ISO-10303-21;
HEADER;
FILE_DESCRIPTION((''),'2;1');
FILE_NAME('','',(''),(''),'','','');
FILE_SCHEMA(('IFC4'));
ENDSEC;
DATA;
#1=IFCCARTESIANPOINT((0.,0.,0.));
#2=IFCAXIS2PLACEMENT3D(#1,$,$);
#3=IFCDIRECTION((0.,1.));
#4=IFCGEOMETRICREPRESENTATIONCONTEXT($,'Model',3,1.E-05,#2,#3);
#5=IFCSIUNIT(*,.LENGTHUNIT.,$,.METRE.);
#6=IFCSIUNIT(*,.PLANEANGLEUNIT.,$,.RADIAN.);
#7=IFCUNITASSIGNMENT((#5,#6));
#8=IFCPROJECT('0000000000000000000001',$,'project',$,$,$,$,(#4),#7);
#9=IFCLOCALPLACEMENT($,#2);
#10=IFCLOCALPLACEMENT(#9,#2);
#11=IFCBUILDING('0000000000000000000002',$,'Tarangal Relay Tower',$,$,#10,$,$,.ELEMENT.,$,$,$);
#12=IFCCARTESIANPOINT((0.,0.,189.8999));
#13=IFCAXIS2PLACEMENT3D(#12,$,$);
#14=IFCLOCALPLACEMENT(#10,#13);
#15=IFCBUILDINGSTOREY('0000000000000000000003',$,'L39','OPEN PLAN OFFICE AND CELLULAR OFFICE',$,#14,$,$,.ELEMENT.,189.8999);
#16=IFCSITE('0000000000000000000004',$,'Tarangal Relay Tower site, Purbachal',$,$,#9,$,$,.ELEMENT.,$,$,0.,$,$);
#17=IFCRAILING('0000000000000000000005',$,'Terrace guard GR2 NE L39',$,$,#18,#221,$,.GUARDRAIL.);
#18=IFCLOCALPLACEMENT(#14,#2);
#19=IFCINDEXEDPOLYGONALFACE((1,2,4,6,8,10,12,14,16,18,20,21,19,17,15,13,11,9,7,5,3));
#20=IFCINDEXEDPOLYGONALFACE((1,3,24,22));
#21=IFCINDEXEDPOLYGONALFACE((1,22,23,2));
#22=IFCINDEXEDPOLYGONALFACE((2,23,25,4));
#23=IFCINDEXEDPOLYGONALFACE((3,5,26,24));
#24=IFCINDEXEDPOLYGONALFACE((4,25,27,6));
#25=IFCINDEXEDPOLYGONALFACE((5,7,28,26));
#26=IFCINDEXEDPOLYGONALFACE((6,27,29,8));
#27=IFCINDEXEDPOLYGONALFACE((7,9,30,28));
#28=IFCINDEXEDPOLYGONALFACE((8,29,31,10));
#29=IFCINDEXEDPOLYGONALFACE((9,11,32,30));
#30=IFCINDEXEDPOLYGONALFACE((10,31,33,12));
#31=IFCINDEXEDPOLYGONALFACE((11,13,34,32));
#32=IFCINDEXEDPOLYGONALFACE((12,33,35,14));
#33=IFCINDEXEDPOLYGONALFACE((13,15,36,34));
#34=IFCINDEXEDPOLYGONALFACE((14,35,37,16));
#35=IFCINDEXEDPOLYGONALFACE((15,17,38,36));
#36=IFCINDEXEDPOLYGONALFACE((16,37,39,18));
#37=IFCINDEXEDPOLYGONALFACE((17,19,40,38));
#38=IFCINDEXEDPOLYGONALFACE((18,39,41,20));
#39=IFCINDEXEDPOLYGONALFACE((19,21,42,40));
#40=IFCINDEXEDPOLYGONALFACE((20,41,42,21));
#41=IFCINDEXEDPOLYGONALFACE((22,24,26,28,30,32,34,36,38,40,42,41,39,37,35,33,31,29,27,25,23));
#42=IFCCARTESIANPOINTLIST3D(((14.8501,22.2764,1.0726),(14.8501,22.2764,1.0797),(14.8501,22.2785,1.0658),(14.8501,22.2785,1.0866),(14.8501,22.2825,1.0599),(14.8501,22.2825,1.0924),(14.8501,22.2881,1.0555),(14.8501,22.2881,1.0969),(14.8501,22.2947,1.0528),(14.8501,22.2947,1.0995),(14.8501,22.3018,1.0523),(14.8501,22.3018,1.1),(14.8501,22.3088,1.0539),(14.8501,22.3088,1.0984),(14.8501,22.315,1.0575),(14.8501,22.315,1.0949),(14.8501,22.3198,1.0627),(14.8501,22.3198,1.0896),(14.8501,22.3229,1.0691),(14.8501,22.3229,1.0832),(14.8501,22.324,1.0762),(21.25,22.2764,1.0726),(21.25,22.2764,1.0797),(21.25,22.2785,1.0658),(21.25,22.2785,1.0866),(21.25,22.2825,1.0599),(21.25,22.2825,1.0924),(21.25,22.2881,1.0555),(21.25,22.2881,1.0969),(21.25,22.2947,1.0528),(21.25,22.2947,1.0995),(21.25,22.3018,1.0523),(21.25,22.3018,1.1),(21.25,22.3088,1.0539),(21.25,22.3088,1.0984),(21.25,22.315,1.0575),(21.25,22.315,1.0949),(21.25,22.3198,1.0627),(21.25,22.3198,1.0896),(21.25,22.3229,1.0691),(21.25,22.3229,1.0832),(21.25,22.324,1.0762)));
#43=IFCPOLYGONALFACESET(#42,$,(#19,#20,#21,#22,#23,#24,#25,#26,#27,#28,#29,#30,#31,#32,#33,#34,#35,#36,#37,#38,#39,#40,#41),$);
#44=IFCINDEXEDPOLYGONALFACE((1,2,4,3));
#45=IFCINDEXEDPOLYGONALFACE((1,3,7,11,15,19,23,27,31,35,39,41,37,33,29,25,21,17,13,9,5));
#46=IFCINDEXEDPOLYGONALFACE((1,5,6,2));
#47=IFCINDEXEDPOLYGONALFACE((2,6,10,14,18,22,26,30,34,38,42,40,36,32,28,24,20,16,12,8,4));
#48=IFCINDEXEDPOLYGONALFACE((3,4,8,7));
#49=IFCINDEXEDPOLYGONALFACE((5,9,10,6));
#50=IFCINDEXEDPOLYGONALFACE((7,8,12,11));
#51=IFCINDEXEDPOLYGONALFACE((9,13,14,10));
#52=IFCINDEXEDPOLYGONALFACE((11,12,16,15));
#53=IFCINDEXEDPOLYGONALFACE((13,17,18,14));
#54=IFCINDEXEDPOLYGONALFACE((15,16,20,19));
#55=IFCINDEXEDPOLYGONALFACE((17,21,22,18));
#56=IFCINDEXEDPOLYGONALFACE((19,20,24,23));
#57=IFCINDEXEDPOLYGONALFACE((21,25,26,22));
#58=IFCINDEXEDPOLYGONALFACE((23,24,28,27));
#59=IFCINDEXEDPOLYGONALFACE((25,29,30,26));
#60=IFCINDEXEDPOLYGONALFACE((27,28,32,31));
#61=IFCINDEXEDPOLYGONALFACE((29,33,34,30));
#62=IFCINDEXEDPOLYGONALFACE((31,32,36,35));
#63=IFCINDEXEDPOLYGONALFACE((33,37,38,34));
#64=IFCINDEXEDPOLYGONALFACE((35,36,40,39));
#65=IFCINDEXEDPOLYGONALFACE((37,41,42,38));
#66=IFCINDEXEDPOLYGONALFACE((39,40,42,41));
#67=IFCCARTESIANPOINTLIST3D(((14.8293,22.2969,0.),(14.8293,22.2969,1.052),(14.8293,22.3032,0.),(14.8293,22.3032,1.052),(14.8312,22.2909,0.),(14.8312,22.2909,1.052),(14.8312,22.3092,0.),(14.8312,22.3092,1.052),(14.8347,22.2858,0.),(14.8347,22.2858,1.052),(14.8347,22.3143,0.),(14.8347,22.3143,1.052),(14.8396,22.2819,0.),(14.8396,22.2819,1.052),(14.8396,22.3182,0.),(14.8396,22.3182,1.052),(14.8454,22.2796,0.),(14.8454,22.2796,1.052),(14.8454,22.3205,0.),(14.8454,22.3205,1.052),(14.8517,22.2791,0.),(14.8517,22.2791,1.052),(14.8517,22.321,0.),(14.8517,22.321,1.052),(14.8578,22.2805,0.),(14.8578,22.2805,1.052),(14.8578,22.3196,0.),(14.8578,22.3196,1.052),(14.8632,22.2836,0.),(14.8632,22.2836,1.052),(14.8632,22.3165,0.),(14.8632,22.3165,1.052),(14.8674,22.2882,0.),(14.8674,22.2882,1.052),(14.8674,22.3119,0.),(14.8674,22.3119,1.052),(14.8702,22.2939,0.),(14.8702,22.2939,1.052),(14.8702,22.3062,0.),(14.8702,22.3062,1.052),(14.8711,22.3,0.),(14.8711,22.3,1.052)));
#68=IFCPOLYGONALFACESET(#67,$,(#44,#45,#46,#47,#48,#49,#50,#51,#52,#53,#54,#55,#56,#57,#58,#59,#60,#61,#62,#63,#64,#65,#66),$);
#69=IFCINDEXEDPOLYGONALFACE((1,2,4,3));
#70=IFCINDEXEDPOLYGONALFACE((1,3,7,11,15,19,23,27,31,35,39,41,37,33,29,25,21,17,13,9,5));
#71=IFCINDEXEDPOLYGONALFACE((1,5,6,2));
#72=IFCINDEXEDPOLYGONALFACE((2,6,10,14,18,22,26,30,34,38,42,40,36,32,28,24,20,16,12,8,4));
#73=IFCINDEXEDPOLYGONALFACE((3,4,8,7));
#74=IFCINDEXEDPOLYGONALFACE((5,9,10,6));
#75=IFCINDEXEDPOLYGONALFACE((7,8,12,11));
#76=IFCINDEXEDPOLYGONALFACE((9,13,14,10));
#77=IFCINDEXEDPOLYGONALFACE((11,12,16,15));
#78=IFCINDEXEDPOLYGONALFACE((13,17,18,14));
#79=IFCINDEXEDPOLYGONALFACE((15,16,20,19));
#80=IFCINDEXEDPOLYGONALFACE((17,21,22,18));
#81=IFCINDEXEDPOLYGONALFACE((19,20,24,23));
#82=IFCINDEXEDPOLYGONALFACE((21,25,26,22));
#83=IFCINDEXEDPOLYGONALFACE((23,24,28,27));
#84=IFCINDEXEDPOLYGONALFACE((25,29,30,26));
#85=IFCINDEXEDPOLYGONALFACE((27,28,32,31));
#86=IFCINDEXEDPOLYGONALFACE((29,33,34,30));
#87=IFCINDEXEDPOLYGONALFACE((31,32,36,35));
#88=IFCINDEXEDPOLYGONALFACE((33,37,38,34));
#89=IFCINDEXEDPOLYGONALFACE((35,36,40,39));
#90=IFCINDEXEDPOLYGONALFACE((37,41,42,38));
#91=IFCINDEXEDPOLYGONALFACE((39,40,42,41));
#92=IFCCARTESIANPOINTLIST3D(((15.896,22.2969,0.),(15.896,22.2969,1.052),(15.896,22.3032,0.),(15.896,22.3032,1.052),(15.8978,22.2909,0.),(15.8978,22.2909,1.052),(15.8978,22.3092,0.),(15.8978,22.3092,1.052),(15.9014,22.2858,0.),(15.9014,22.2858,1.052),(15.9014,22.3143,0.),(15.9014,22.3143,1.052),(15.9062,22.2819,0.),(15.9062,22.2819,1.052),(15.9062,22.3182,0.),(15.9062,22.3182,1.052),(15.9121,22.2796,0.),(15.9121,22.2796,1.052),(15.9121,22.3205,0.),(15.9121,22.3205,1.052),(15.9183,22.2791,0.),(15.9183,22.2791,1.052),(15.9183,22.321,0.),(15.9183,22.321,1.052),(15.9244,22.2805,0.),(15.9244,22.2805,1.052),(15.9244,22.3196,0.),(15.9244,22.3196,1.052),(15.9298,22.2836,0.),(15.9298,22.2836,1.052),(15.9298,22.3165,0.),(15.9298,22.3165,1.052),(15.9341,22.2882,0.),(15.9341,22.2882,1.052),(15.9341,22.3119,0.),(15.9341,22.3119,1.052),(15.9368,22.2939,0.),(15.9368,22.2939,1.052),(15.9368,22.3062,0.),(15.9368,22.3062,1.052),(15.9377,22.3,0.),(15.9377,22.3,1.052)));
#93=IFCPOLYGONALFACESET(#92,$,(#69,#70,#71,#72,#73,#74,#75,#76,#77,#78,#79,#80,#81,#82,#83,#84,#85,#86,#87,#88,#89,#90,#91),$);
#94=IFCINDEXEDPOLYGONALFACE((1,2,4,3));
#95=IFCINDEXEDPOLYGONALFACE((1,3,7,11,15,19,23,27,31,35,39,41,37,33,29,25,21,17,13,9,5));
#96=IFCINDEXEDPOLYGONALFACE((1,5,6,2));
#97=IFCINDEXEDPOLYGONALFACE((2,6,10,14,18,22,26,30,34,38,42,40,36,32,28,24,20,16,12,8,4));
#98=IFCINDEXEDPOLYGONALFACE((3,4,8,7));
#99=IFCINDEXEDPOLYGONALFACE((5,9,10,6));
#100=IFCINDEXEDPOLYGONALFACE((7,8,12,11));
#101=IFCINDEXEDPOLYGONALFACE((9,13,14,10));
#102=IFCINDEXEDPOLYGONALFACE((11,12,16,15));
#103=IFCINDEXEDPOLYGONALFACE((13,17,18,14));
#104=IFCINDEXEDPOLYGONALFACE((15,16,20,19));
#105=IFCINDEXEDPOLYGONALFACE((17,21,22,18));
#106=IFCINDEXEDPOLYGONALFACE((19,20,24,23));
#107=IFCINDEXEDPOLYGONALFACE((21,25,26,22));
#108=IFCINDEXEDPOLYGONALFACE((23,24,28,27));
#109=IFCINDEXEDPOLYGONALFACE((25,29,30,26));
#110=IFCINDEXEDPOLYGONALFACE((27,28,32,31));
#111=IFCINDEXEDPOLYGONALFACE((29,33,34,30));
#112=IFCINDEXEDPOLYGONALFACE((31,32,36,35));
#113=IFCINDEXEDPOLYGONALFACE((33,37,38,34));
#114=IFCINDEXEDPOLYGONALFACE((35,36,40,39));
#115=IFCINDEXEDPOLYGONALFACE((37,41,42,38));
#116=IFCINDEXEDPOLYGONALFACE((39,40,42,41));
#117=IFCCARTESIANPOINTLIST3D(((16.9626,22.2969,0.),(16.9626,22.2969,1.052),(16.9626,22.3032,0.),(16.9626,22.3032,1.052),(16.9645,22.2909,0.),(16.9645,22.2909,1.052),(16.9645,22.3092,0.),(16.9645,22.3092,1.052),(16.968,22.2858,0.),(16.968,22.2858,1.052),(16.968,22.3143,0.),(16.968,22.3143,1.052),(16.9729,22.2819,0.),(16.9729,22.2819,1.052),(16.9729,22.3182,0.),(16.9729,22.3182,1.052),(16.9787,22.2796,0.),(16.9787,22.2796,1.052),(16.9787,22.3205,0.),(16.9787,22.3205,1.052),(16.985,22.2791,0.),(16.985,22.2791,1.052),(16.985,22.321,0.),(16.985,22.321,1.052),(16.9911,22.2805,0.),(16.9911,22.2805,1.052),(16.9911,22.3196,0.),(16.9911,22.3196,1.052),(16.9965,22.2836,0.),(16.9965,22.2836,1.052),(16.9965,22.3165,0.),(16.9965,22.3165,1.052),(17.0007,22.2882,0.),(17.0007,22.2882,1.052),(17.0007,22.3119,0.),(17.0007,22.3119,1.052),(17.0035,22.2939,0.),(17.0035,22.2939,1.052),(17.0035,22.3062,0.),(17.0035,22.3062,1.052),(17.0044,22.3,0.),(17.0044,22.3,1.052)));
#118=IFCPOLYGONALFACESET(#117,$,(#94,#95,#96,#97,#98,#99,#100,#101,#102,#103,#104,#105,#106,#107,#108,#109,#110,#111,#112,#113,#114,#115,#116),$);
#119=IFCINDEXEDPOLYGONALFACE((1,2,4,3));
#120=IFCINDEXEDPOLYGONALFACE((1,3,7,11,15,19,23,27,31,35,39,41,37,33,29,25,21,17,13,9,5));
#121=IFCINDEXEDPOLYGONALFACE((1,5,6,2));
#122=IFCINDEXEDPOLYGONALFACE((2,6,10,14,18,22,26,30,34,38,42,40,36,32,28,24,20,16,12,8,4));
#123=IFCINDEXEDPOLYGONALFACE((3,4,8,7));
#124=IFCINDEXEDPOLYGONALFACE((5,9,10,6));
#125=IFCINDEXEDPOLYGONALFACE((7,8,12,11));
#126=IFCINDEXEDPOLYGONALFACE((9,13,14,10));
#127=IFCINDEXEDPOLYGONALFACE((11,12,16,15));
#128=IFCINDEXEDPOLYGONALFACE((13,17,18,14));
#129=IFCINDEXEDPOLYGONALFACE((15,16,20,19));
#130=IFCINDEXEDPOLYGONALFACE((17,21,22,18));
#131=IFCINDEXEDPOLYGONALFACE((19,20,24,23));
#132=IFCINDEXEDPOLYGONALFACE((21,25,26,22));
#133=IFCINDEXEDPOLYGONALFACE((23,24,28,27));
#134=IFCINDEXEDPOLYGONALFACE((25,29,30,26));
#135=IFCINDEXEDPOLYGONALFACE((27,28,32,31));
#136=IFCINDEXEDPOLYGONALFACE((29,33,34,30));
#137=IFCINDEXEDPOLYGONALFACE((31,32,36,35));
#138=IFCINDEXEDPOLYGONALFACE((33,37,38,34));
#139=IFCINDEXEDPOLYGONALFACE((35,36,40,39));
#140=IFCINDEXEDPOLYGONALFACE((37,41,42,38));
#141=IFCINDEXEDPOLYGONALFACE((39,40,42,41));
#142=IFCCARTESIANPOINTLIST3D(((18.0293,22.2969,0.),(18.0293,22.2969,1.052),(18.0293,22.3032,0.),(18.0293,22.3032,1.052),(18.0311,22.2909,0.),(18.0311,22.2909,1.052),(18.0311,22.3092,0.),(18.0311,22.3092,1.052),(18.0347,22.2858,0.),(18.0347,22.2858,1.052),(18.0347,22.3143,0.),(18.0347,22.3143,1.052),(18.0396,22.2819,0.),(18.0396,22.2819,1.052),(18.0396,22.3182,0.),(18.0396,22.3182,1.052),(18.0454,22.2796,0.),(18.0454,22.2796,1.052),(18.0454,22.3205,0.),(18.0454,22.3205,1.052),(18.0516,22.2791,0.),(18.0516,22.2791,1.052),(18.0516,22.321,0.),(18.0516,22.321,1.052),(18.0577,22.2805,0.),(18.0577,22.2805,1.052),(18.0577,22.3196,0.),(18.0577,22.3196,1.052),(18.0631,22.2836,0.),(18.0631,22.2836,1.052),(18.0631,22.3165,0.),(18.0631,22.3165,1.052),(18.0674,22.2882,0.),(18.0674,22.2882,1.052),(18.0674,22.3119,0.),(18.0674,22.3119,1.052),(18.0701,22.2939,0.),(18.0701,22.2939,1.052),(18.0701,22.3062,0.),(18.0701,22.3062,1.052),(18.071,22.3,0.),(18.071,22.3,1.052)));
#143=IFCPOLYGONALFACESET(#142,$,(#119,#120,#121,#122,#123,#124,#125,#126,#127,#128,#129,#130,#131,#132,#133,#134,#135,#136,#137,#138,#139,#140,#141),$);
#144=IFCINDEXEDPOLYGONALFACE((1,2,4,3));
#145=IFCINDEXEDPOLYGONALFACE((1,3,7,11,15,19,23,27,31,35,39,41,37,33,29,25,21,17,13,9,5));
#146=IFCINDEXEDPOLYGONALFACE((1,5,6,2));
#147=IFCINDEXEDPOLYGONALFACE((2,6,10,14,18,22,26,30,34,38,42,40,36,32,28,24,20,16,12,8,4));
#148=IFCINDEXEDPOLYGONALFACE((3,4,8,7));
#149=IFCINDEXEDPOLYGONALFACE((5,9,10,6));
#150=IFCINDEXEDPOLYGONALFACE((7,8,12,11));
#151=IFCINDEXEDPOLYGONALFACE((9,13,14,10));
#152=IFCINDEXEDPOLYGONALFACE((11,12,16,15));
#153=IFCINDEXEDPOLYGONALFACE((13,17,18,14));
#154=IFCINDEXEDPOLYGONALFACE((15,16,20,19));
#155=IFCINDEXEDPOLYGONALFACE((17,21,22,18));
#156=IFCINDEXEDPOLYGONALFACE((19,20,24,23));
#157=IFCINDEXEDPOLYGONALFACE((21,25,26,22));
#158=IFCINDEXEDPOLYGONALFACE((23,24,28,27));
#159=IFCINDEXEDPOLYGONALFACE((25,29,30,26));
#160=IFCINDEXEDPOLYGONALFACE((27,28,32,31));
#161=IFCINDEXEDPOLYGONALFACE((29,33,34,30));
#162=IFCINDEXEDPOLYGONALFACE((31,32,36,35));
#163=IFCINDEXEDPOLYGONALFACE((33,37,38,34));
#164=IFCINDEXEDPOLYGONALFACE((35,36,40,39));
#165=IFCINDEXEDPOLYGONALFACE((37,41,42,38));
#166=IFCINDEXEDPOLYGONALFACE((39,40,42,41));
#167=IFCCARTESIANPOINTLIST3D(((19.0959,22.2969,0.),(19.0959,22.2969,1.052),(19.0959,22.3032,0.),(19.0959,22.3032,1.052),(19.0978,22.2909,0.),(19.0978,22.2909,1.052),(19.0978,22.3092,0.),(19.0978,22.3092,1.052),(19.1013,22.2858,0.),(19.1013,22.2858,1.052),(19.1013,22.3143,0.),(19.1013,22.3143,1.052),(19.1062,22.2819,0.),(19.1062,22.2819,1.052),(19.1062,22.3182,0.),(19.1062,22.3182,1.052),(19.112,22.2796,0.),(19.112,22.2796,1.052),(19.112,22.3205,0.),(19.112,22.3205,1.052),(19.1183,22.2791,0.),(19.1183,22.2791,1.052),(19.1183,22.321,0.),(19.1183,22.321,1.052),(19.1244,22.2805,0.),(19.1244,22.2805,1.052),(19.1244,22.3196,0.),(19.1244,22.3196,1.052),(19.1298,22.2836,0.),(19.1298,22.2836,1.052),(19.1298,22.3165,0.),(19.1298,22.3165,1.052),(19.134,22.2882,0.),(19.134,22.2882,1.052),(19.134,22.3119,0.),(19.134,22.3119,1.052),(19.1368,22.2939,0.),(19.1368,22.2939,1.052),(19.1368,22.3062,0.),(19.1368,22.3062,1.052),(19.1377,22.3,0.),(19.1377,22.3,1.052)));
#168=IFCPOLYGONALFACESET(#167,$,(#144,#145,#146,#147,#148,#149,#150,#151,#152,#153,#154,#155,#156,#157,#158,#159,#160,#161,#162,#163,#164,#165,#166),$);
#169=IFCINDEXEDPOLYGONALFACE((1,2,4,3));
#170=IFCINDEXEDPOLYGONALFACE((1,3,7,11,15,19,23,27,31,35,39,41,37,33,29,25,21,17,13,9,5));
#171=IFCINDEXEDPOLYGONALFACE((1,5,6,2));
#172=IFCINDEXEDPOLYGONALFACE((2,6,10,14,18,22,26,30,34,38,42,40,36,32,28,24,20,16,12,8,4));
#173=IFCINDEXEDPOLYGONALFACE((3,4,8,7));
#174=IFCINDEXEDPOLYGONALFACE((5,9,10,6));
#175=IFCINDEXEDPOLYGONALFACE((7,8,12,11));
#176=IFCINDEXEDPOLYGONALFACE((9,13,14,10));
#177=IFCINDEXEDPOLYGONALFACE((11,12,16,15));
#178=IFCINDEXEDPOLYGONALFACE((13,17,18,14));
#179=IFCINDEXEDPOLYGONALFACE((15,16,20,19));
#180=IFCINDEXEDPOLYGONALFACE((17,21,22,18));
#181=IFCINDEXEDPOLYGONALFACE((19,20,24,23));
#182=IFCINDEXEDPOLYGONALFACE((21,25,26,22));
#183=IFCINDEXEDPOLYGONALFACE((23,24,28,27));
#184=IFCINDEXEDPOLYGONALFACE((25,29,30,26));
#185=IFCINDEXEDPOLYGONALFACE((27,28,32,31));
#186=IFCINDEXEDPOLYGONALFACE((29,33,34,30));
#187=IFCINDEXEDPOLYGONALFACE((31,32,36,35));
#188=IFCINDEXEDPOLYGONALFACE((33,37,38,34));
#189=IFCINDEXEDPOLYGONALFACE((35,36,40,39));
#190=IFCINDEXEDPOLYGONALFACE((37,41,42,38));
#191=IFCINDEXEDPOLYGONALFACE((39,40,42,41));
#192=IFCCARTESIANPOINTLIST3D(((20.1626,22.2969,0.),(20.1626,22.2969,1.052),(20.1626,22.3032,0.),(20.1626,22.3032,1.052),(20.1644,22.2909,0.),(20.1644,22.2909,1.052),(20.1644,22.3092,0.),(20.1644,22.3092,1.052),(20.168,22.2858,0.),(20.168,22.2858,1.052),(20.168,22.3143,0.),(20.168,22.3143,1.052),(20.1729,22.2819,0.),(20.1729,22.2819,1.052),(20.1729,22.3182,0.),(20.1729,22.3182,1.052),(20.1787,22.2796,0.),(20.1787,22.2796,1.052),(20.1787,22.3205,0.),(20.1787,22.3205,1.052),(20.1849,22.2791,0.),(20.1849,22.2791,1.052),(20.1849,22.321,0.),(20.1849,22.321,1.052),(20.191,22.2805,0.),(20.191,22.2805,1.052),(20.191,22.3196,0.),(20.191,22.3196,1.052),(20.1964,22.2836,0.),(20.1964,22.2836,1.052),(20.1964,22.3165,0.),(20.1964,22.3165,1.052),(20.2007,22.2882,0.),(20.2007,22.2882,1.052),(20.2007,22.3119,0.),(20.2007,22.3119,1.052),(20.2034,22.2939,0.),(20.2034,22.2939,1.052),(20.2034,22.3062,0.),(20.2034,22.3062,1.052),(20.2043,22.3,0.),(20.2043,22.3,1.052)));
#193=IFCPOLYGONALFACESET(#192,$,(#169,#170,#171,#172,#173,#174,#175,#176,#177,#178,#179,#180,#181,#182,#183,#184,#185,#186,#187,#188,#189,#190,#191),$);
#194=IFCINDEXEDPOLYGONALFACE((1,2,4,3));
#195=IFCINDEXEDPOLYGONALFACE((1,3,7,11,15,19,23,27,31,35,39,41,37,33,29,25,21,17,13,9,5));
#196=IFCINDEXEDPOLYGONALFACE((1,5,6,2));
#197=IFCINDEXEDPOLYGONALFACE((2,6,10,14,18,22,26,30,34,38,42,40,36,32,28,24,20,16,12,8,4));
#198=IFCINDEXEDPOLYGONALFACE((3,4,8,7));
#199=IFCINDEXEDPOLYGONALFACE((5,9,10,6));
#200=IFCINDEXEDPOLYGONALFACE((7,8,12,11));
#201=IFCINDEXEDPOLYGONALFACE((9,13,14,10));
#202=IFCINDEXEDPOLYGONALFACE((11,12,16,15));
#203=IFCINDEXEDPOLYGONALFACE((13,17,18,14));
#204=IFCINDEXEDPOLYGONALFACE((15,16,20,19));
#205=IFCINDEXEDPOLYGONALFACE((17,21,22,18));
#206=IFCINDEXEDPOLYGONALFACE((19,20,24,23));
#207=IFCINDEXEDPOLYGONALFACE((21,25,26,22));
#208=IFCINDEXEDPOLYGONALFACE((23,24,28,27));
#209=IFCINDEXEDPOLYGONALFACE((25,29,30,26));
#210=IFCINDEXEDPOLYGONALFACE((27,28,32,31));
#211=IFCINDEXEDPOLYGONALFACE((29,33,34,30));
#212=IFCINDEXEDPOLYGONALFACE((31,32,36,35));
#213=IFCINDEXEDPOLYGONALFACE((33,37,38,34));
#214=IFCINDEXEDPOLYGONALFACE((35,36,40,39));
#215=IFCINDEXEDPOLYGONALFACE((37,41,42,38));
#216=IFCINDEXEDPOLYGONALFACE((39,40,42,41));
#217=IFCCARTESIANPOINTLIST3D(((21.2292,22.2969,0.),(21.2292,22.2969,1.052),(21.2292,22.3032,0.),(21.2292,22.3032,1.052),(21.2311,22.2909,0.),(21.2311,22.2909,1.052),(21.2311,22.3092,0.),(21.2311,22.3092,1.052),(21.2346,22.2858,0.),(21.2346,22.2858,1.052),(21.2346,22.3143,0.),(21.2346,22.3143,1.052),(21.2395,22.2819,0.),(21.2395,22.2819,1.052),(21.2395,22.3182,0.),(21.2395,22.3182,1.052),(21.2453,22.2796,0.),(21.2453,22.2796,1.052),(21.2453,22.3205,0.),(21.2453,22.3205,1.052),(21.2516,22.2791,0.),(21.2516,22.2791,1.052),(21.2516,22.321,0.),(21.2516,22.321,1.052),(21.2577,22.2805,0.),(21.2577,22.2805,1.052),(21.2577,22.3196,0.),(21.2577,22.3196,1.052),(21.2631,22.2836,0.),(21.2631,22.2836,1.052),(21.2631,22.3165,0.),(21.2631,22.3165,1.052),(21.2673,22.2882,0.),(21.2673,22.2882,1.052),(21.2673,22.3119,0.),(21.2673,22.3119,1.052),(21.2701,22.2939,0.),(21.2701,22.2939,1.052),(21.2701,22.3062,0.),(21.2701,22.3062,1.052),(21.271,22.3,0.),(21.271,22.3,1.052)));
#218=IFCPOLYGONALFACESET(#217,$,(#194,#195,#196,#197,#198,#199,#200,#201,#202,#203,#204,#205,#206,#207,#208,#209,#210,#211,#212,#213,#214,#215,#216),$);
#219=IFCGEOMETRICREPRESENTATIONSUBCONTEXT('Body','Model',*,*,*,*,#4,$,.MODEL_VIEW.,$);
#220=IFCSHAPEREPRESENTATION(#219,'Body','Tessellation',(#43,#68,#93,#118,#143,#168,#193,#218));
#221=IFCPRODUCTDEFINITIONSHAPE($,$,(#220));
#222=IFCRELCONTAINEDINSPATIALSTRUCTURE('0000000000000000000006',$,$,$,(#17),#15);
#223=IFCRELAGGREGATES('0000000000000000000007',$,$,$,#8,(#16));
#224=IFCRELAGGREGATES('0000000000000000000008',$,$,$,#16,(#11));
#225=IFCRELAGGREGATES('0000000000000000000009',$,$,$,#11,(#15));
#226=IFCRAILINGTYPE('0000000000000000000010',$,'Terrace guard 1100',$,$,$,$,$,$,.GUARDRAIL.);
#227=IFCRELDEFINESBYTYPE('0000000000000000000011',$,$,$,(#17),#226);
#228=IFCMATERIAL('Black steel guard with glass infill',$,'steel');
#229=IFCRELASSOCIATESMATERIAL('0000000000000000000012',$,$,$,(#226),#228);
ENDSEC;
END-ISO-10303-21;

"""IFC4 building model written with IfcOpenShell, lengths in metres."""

from ifc_helpers import new_model, si_unit, direction, frame, origin, origin_2d, place, context, subcontext, project, spatial, circle, extrude, material, type_object, element, save


model = new_model("IFC4")

# Units and contexts
model_context = context("Model", 3, precision=1e-05, world=origin(), true_north=direction((0.0, 1.0)))
body_context = subcontext(model_context, "Body", "Model", "MODEL_VIEW")
ifc_project = project(units=[si_unit("LENGTHUNIT", "METRE"), si_unit("PLANEANGLEUNIT", "RADIAN")], contexts=[model_context])

# Site, building, storey
site_placement = place(None, origin())
site = spatial("IfcSite", under=ifc_project, at=site_placement, Name="Tarangal Relay Tower site, Purbachal", CompositionType="ELEMENT", RefElevation=0.0)
building_placement = place(site_placement, origin())
building = spatial("IfcBuilding", under=site, at=building_placement, Name="Tarangal Relay Tower", CompositionType="ELEMENT")
storey_placement = place(building_placement, frame((0.0, 0.0, 189.8999)))
storey = spatial("IfcBuildingStorey", under=building, at=storey_placement, Name="L39", Description="OPEN PLAN OFFICE AND CELLULAR OFFICE", CompositionType="ELEMENT", Elevation=189.8999)

# Railing
ifc_material_1 = material(Name="Black steel guard with glass infill", Category="steel")
railing_type = type_object("IfcRailingType", Name="Terrace guard 1100", PredefinedType="GUARDRAIL", material=ifc_material_1)
railing_1_placement = place(storey_placement, frame((14.8501, 22.3, 0.0)))
element("IfcRailing", 1, at=railing_1_placement, inside=storey, type_object=railing_type, Name="Terrace guard GR2 NE L39", PredefinedType="GUARDRAIL", context=body_context, shape_type="SweptSolid", body=[
    extrude(circle(Radius=0.0239, at=origin_2d()), frame((0.0, 0.0, 1.0762), z_axis=(1.0, 0.0, 0.0), x_axis=(0.0, 1.0, 0.0)), (0.0, 0.0, 1.0), 6.3999),
    extrude(circle(Radius=0.021, at=origin_2d()), origin(), (0.0, 0.0, 1.0), 1.052),
    extrude(circle(Radius=0.021, at=origin_2d()), frame((1.0667, 0.0, 0.0)), (0.0, 0.0, 1.0), 1.052),
    extrude(circle(Radius=0.021, at=origin_2d()), frame((2.1333, 0.0, 0.0)), (0.0, 0.0, 1.0), 1.052),
    extrude(circle(Radius=0.021, at=origin_2d()), frame((3.2, 0.0, 0.0)), (0.0, 0.0, 1.0), 1.052),
    extrude(circle(Radius=0.021, at=origin_2d()), frame((4.2666, 0.0, 0.0)), (0.0, 0.0, 1.0), 1.052),
    extrude(circle(Radius=0.021, at=origin_2d()), frame((5.3333, 0.0, 0.0)), (0.0, 0.0, 1.0), 1.052),
    extrude(circle(Radius=0.021, at=origin_2d()), frame((6.3999, 0.0, 0.0)), (0.0, 0.0, 1.0), 1.052),
])

save(model, "model.ifc")
